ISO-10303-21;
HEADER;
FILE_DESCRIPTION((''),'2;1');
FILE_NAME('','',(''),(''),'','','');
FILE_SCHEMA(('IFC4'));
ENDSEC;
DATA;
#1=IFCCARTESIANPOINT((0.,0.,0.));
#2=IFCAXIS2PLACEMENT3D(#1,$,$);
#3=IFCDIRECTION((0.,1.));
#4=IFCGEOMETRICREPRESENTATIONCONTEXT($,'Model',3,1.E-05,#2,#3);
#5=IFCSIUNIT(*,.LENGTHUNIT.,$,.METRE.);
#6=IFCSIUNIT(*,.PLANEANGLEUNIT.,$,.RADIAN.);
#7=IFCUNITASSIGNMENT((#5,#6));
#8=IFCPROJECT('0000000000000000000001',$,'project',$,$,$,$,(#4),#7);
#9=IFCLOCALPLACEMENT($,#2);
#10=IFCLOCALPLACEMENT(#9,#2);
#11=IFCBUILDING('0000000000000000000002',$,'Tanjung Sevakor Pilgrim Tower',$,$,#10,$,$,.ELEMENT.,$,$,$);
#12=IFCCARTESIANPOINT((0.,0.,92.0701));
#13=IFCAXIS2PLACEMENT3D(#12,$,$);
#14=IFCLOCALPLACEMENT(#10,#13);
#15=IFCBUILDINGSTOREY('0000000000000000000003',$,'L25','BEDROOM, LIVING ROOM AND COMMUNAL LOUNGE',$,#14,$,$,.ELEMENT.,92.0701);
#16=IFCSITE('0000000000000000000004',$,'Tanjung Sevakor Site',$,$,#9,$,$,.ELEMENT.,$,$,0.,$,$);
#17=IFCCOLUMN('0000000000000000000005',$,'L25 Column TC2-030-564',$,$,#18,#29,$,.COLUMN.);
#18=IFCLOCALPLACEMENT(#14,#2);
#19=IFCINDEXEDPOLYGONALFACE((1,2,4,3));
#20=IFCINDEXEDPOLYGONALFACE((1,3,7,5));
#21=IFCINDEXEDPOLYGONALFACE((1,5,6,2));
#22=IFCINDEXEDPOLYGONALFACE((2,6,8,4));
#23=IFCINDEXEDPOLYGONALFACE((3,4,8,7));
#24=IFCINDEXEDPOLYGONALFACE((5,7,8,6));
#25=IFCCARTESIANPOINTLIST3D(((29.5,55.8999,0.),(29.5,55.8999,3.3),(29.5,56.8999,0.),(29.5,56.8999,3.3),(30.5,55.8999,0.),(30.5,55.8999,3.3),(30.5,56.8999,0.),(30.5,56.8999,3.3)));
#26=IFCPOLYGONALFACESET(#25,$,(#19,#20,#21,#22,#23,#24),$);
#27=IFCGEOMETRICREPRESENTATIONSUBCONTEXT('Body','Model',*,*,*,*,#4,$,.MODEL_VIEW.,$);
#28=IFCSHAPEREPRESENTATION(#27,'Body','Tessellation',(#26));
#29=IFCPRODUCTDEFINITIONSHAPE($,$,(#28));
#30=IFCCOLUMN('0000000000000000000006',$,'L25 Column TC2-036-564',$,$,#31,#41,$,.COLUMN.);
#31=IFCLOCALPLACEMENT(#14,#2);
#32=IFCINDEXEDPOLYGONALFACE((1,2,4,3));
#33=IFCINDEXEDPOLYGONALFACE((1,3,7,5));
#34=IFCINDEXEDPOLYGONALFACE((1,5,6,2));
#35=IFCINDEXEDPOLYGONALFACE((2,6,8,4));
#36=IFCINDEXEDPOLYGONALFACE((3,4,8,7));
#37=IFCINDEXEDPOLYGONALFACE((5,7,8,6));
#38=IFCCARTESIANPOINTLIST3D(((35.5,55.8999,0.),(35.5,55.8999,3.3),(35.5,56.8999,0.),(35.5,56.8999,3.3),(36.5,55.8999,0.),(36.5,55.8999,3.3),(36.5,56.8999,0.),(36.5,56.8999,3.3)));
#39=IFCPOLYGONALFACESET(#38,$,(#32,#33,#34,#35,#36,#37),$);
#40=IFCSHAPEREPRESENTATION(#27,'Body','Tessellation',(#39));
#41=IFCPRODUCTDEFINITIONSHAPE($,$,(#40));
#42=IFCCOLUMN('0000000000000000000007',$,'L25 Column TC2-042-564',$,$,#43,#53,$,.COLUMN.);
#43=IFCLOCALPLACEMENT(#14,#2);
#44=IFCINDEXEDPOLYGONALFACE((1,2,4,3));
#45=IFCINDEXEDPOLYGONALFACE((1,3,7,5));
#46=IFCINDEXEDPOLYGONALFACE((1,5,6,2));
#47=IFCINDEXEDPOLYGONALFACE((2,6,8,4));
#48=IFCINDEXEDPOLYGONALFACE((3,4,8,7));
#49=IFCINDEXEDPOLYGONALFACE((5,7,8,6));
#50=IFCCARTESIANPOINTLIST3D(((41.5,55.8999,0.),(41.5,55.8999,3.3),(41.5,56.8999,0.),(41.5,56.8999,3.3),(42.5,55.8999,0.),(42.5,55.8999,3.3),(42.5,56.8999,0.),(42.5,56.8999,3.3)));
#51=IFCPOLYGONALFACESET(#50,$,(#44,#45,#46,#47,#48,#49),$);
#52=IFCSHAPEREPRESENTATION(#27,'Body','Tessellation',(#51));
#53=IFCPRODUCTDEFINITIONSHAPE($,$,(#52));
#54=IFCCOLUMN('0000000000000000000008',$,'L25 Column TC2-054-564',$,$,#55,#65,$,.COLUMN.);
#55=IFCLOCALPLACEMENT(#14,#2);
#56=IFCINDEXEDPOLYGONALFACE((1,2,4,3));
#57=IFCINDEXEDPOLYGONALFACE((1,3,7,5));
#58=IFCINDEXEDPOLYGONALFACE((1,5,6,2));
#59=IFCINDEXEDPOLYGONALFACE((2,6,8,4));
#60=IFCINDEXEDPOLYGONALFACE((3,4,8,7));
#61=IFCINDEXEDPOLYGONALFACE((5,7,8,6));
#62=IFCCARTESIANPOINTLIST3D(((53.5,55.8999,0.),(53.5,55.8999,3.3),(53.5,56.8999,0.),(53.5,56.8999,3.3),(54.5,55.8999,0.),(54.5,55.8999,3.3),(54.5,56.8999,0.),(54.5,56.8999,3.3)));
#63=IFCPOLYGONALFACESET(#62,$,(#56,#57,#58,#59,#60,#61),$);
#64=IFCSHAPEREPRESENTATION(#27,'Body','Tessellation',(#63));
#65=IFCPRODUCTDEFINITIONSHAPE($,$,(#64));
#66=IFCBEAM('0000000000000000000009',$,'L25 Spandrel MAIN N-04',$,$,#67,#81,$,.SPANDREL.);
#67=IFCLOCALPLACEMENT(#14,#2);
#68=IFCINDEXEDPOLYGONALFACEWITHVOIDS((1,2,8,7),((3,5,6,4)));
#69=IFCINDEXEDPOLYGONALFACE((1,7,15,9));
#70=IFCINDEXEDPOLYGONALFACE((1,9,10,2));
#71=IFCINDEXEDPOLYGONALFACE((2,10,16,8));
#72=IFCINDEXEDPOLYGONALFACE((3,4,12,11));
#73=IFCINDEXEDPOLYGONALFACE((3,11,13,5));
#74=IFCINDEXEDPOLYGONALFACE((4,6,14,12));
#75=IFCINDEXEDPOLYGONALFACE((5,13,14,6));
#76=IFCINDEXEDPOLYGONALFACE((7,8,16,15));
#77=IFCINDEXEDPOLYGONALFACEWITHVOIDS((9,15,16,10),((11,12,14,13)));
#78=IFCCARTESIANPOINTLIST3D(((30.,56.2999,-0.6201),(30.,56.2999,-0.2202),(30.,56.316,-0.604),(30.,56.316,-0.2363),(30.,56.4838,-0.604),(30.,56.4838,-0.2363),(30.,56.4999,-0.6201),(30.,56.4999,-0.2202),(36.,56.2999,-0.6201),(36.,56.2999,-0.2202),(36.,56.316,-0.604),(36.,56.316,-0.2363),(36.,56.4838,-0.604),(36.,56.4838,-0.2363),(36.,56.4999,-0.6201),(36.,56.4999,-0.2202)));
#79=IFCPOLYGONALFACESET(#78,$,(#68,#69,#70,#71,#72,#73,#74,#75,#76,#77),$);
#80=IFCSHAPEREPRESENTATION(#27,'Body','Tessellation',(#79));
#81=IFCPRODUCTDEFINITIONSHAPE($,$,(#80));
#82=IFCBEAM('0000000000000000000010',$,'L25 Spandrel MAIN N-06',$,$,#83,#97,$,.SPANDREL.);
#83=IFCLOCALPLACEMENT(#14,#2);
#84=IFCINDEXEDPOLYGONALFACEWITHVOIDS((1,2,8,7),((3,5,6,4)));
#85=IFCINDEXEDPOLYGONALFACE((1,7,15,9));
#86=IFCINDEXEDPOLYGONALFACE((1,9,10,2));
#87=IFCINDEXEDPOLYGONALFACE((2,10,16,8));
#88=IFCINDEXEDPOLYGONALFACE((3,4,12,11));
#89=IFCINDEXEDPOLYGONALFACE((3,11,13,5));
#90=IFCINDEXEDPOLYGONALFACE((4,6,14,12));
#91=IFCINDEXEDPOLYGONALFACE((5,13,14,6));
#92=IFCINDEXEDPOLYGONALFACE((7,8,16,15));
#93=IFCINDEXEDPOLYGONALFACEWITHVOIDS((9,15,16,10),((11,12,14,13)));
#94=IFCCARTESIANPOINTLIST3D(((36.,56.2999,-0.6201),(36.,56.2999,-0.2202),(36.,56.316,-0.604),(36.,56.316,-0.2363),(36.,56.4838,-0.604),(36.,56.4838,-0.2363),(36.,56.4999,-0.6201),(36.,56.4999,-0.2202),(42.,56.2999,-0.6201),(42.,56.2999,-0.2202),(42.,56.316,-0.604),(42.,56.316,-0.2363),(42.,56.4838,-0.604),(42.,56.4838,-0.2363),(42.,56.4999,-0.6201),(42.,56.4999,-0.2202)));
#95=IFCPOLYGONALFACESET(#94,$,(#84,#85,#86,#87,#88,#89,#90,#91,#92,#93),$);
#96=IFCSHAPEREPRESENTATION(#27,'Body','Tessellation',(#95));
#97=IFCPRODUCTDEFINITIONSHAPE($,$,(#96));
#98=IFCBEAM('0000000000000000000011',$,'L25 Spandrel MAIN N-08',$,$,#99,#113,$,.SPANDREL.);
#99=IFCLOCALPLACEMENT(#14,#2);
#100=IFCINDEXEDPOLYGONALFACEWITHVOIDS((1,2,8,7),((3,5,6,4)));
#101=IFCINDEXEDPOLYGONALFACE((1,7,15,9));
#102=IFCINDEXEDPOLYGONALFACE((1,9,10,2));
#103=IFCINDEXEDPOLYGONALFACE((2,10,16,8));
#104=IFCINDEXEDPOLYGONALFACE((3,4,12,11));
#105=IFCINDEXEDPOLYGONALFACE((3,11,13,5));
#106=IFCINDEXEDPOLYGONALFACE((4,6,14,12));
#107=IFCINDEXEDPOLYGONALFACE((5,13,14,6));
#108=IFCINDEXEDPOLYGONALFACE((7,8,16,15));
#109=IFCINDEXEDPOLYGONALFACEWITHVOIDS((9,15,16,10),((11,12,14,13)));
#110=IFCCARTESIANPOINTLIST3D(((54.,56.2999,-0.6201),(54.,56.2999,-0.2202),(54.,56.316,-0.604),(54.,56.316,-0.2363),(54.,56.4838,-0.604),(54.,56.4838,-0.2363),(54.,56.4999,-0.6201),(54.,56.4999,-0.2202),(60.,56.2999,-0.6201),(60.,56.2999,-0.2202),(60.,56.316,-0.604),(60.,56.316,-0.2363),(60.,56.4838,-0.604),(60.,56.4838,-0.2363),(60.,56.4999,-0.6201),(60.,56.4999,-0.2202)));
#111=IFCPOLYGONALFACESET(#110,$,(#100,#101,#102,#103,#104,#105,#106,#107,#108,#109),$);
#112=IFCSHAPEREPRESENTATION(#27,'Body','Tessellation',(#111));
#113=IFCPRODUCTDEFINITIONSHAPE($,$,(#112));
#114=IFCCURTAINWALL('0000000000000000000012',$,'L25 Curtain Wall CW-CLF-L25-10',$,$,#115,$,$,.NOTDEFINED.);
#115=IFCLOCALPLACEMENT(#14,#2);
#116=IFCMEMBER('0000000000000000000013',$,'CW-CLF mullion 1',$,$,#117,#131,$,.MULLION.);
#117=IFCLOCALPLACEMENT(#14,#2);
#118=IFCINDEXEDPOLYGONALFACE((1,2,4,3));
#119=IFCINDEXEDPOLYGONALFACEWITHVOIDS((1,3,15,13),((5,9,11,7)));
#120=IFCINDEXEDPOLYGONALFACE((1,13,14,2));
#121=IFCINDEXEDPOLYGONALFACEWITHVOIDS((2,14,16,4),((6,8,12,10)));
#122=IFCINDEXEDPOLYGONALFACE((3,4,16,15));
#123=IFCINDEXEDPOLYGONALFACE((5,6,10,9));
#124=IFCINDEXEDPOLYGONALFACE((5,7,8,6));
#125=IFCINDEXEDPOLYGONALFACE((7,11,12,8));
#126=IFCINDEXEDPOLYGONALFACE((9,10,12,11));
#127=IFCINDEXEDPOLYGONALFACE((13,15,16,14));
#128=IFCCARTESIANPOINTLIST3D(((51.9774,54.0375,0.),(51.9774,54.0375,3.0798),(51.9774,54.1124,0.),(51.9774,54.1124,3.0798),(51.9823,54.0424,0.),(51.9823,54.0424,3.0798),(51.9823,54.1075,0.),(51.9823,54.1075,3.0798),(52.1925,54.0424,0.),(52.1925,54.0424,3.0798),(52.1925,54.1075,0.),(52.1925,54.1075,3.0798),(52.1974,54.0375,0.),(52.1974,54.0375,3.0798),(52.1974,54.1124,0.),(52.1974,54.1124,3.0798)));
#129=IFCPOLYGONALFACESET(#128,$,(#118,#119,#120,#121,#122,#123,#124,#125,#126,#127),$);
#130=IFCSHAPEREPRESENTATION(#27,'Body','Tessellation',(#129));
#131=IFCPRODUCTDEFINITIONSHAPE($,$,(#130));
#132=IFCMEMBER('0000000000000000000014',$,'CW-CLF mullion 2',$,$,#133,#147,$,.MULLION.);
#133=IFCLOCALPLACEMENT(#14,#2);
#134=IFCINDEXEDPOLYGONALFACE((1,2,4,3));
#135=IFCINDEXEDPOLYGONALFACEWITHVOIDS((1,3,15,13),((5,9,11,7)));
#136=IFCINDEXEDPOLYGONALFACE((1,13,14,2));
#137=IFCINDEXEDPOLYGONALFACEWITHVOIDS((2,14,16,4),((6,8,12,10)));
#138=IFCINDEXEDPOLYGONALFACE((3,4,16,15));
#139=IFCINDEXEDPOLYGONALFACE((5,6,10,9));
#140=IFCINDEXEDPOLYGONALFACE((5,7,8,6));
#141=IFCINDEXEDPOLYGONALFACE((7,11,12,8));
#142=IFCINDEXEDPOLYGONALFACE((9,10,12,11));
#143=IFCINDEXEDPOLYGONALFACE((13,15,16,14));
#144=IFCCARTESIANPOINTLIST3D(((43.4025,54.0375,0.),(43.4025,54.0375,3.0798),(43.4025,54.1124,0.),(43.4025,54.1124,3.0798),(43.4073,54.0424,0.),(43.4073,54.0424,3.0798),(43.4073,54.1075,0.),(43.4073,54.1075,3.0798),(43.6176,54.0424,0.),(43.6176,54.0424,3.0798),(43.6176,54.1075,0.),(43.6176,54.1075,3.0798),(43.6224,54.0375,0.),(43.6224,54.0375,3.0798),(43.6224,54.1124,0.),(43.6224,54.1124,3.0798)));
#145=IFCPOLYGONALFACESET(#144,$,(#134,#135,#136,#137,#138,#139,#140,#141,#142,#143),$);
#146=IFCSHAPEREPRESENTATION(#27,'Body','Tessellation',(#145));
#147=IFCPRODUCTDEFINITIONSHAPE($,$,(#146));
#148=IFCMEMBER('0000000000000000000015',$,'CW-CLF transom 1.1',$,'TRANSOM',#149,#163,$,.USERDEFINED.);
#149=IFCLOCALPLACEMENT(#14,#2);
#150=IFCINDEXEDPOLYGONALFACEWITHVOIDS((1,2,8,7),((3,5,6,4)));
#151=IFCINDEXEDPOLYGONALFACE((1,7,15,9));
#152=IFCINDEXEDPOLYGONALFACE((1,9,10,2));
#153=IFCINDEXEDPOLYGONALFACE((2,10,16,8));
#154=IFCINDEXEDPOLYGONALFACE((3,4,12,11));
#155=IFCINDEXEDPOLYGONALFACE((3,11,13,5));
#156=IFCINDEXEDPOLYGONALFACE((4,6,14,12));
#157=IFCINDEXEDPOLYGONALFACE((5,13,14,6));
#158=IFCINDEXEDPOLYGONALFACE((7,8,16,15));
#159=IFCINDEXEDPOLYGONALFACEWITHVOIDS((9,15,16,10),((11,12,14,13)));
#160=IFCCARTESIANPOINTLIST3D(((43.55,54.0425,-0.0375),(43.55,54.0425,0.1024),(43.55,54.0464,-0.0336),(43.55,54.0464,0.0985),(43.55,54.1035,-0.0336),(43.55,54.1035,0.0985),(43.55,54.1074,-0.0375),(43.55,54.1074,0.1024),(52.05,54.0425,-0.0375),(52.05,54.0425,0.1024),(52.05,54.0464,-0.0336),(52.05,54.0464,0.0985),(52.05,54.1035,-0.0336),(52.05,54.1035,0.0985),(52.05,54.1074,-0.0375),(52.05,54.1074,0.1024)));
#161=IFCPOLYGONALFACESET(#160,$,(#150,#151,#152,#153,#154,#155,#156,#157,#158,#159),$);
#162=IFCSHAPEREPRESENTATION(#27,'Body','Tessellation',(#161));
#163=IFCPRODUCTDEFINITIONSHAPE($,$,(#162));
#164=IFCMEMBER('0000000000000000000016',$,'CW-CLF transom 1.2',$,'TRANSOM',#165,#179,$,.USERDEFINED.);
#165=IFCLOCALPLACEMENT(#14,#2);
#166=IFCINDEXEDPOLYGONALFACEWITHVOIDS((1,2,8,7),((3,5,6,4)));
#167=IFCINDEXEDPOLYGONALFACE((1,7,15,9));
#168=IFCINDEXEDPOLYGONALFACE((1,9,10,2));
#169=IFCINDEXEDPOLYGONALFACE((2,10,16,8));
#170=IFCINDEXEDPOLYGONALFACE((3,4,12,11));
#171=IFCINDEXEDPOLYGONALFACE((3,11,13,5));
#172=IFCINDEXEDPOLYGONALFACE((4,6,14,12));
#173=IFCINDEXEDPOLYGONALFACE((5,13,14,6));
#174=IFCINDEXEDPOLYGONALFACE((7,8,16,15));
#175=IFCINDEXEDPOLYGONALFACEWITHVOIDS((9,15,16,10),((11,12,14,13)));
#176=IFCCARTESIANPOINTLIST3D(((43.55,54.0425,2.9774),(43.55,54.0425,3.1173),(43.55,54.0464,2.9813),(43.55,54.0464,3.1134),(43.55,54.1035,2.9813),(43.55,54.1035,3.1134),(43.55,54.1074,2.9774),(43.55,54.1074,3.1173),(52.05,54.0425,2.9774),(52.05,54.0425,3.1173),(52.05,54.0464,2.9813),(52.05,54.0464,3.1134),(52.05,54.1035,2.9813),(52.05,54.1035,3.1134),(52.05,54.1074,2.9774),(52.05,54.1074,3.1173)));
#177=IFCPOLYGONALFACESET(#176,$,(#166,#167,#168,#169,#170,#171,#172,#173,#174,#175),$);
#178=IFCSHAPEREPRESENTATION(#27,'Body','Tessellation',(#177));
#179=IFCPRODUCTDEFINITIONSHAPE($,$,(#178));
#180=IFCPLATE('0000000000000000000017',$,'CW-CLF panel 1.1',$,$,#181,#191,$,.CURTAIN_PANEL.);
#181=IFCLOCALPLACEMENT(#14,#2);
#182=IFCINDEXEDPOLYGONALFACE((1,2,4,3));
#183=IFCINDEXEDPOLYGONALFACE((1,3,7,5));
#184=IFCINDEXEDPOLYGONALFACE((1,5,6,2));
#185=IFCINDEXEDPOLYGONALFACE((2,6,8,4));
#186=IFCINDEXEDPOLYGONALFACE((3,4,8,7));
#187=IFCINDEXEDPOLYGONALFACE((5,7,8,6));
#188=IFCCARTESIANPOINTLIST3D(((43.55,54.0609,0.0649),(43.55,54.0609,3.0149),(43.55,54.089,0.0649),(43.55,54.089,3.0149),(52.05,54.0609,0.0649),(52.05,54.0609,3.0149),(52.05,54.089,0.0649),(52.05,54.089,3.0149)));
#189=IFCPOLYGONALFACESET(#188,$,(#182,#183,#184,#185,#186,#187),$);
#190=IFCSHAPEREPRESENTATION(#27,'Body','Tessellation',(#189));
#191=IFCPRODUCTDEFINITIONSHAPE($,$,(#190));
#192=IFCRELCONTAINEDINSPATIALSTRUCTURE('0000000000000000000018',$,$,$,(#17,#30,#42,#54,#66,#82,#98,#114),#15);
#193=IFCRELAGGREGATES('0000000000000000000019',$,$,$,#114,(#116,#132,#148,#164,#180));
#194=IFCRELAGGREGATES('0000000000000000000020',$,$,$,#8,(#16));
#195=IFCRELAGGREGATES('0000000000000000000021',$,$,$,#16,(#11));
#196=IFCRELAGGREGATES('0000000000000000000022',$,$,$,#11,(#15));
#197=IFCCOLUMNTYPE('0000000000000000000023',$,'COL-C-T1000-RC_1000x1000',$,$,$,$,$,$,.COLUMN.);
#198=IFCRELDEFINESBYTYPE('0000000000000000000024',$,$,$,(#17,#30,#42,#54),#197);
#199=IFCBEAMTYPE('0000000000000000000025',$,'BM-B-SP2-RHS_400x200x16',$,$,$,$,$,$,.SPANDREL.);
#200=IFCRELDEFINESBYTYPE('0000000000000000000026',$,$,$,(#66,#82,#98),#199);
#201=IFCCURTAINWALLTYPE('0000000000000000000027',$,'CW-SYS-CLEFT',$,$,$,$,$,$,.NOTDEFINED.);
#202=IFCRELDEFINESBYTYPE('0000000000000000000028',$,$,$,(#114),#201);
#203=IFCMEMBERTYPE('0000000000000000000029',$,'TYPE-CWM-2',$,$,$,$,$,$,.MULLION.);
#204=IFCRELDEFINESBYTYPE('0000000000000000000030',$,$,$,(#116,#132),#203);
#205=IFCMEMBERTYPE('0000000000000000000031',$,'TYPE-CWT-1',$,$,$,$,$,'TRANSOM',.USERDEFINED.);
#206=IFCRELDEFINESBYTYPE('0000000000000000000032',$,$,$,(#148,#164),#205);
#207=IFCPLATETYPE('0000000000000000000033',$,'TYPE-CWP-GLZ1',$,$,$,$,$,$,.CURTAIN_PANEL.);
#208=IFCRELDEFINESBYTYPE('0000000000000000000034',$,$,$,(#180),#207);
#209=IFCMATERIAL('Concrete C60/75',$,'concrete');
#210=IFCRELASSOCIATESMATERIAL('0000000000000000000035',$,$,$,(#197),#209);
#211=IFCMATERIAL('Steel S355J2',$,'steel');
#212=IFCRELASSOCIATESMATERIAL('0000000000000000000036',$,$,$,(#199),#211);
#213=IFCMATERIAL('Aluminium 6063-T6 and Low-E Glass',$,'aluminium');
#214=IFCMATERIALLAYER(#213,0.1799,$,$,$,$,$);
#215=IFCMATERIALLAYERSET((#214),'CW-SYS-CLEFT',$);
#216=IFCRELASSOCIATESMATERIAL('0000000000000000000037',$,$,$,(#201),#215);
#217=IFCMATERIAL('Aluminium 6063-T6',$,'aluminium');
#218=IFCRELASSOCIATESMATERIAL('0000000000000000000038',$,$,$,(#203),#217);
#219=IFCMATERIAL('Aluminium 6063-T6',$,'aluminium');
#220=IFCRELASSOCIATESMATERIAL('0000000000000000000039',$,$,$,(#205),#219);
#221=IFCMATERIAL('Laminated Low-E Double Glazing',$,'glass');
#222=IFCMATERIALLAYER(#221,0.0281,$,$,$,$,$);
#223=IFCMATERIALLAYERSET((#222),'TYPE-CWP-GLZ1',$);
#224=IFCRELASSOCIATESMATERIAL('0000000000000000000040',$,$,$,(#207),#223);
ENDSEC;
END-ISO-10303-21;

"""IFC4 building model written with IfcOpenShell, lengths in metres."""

from ifc_helpers import new_model, si_unit, direction, frame, origin, origin_2d, place, context, subcontext, project, spatial, rectangle, hollow_rectangle, extrude, material, layer, layer_set, material_profile, profile_set, type_object, element, aggregate, save


model = new_model("IFC4")

# Units and contexts
model_context = context("Model", 3, precision=1e-05, world=origin(), true_north=direction((0.0, 1.0)))
body_context = subcontext(model_context, "Body", "Model", "MODEL_VIEW")
ifc_project = project(units=[si_unit("LENGTHUNIT", "METRE"), si_unit("PLANEANGLEUNIT", "RADIAN")], contexts=[model_context])

# Site, building, storey
site_placement = place(None, origin())
site = spatial("IfcSite", under=ifc_project, at=site_placement, Name="Tanjung Sevakor Site", CompositionType="ELEMENT", RefElevation=0.0)
building_placement = place(site_placement, origin())
building = spatial("IfcBuilding", under=site, at=building_placement, Name="Tanjung Sevakor Pilgrim Tower", CompositionType="ELEMENT")
storey_placement = place(building_placement, frame((0.0, 0.0, 92.0701)))
storey = spatial("IfcBuildingStorey", under=building, at=storey_placement, Name="L25", Description="BEDROOM, LIVING ROOM AND COMMUNAL LOUNGE", CompositionType="ELEMENT", Elevation=92.0701)

# Columns
ifc_material_1 = material(Name="Concrete C60/75", Category="concrete")
ifc_material_profile_1 = material_profile(ifc_material_1, rectangle(XDim=1.0, YDim=1.0, at=origin_2d()))
ifc_profile_set_1 = profile_set([ifc_material_profile_1], Name="Concrete C60/75")
column_type = type_object("IfcColumnType", Name="COL-C-T1000-RC_1000x1000", PredefinedType="COLUMN", material=ifc_profile_set_1)
for number, where, z_axis, x_axis, name in (
    (1, (30.0, 56.3999, 0.0), (0.0, 0.0, 1.0), (1.0, 0.0, 0.0), "L25 Column TC2-030-564"),
    (2, (36.0, 56.3999, 0.0), (0.0, 0.0, 1.0), (1.0, 0.0, 0.0), "L25 Column TC2-036-564"),
    (3, (42.0, 56.3999, 0.0), (0.0, 0.0, 1.0), (1.0, 0.0, 0.0), "L25 Column TC2-042-564"),
    (4, (54.0, 56.3999, 0.0), (0.0, 0.0, 1.0), (1.0, 0.0, 0.0), "L25 Column TC2-054-564"),
):
    element("IfcColumn", number, at=place(storey_placement, frame(where, z_axis=z_axis, x_axis=x_axis)), inside=storey, type_object=column_type, Name=name, PredefinedType="COLUMN", context=body_context, shape_type="SweptSolid", body=[
        extrude(rectangle(XDim=1.0, YDim=1.0, at=origin_2d()), origin(), (0.0, 0.0, 1.0), 3.3),
    ])

# Beams
ifc_material_2 = material(Name="Steel S355J2", Category="steel")
ifc_material_profile_2 = material_profile(ifc_material_2, hollow_rectangle(XDim=0.2, YDim=0.3999, WallThickness=0.0161, at=origin_2d()))
ifc_profile_set_2 = profile_set([ifc_material_profile_2], Name="Steel S355J2")
beam_type = type_object("IfcBeamType", Name="BM-B-SP2-RHS_400x200x16", PredefinedType="SPANDREL", material=ifc_profile_set_2)
for number, where, z_axis, x_axis, name in (
    (5, (30.0, 56.3999, -0.4202), (1.0, 0.0, 0.0), (0.0, 1.0, 0.0), "L25 Spandrel MAIN N-04"),
    (6, (36.0, 56.3999, -0.4202), (1.0, 0.0, 0.0), (0.0, 1.0, 0.0), "L25 Spandrel MAIN N-06"),
    (7, (54.0, 56.3999, -0.4202), (1.0, 0.0, 0.0), (0.0, 1.0, 0.0), "L25 Spandrel MAIN N-08"),
):
    element("IfcBeam", number, at=place(storey_placement, frame(where, z_axis=z_axis, x_axis=x_axis)), inside=storey, type_object=beam_type, Name=name, PredefinedType="SPANDREL", context=body_context, shape_type="SweptSolid", body=[
        extrude(hollow_rectangle(XDim=0.2, YDim=0.3999, WallThickness=0.0161, at=origin_2d()), origin(), (0.0, 0.0, 1.0), 6.0),
    ])

# Curtain wall, members, plate
ifc_material_3 = material(Name="Aluminium 6063-T6 and Low-E Glass", Category="aluminium")
ifc_layer_1 = layer(ifc_material_3, 0.1799)
ifc_layer_set_1 = layer_set([ifc_layer_1], Name="CW-SYS-CLEFT")
curtain_wall_type = type_object("IfcCurtainWallType", Name="CW-SYS-CLEFT", PredefinedType="NOTDEFINED", material=ifc_layer_set_1)
curtain_wall_placement = place(storey_placement, origin())
curtain_wall = element("IfcCurtainWall", 8, at=curtain_wall_placement, inside=storey, type_object=curtain_wall_type, Name="L25 Curtain Wall CW-CLF-L25-10", PredefinedType="NOTDEFINED")
ifc_material_4 = material(Name="Aluminium 6063-T6", Category="aluminium")
ifc_material_profile_3 = material_profile(ifc_material_4, hollow_rectangle(XDim=0.075, YDim=0.22, WallThickness=0.0049, at=origin_2d()))
ifc_profile_set_3 = profile_set([ifc_material_profile_3], Name="Aluminium 6063-T6")
member_type_1 = type_object("IfcMemberType", Name="TYPE-CWM-2", PredefinedType="MULLION", material=ifc_profile_set_3)
member_1_placement = place(storey_placement, frame((52.0874, 54.075, 0.0), z_axis=(0.0, 0.0, 1.0), x_axis=(0.0, -1.0, 0.0)))
member_1 = element("IfcMember", 9, at=member_1_placement, type_object=member_type_1, Name="CW-CLF mullion 1", PredefinedType="MULLION", context=body_context, shape_type="SweptSolid", body=[
    extrude(hollow_rectangle(XDim=0.075, YDim=0.22, WallThickness=0.0049, at=origin_2d()), origin(), (0.0, 0.0, 1.0), 3.0798),
])
member_2_placement = place(storey_placement, frame((43.5125, 54.075, 0.0), z_axis=(0.0, 0.0, 1.0), x_axis=(0.0, -1.0, 0.0)))
member_2 = element("IfcMember", 10, at=member_2_placement, type_object=member_type_1, Name="CW-CLF mullion 2", PredefinedType="MULLION", context=body_context, shape_type="SweptSolid", body=[
    extrude(hollow_rectangle(XDim=0.075, YDim=0.22, WallThickness=0.0049, at=origin_2d()), origin(), (0.0, 0.0, 1.0), 3.0798),
])
ifc_material_5 = material(Name="Aluminium 6063-T6", Category="aluminium")
ifc_material_profile_4 = material_profile(ifc_material_5, hollow_rectangle(XDim=0.0649, YDim=0.1399, WallThickness=0.0039, at=origin_2d()))
ifc_profile_set_4 = profile_set([ifc_material_profile_4], Name="Aluminium 6063-T6")
member_type_2 = type_object("IfcMemberType", Name="TYPE-CWT-1", ElementType="TRANSOM", PredefinedType="USERDEFINED", material=ifc_profile_set_4)
member_3_placement = place(storey_placement, frame((52.05, 54.075, 0.0325), z_axis=(-1.0, 0.0, 0.0), x_axis=(0.0, -1.0, 0.0)))
member_3 = element("IfcMember", 11, at=member_3_placement, type_object=member_type_2, Name="CW-CLF transom 1.1", ObjectType="TRANSOM", PredefinedType="USERDEFINED", context=body_context, shape_type="SweptSolid", body=[
    extrude(hollow_rectangle(XDim=0.0649, YDim=0.1399, WallThickness=0.0039, at=origin_2d()), origin(), (0.0, 0.0, 1.0), 8.5),
])
member_4_placement = place(storey_placement, frame((52.05, 54.075, 3.0474), z_axis=(-1.0, 0.0, 0.0), x_axis=(0.0, -1.0, 0.0)))
member_4 = element("IfcMember", 12, at=member_4_placement, type_object=member_type_2, Name="CW-CLF transom 1.2", ObjectType="TRANSOM", PredefinedType="USERDEFINED", context=body_context, shape_type="SweptSolid", body=[
    extrude(hollow_rectangle(XDim=0.0649, YDim=0.1399, WallThickness=0.0039, at=origin_2d()), origin(), (0.0, 0.0, 1.0), 8.5),
])
ifc_material_6 = material(Name="Laminated Low-E Double Glazing", Category="glass")
ifc_layer_2 = layer(ifc_material_6, 0.0281)
ifc_layer_set_2 = layer_set([ifc_layer_2], Name="TYPE-CWP-GLZ1")
plate_type = type_object("IfcPlateType", Name="TYPE-CWP-GLZ1", PredefinedType="CURTAIN_PANEL", material=ifc_layer_set_2)
plate_placement = place(storey_placement, frame((47.8, 54.075, 0.0649), z_axis=(0.0, 0.0, 1.0), x_axis=(-1.0, 0.0, 0.0)))
plate = element("IfcPlate", 13, at=plate_placement, type_object=plate_type, Name="CW-CLF panel 1.1", PredefinedType="CURTAIN_PANEL", context=body_context, shape_type="SweptSolid", body=[
    extrude(rectangle(XDim=8.5, YDim=0.0281, at=origin_2d()), origin(), (0.0, 0.0, 1.0), 2.95),
])
aggregate(curtain_wall, [member_1, member_2, member_3, member_4, plate])

save(model, "model.ifc")
